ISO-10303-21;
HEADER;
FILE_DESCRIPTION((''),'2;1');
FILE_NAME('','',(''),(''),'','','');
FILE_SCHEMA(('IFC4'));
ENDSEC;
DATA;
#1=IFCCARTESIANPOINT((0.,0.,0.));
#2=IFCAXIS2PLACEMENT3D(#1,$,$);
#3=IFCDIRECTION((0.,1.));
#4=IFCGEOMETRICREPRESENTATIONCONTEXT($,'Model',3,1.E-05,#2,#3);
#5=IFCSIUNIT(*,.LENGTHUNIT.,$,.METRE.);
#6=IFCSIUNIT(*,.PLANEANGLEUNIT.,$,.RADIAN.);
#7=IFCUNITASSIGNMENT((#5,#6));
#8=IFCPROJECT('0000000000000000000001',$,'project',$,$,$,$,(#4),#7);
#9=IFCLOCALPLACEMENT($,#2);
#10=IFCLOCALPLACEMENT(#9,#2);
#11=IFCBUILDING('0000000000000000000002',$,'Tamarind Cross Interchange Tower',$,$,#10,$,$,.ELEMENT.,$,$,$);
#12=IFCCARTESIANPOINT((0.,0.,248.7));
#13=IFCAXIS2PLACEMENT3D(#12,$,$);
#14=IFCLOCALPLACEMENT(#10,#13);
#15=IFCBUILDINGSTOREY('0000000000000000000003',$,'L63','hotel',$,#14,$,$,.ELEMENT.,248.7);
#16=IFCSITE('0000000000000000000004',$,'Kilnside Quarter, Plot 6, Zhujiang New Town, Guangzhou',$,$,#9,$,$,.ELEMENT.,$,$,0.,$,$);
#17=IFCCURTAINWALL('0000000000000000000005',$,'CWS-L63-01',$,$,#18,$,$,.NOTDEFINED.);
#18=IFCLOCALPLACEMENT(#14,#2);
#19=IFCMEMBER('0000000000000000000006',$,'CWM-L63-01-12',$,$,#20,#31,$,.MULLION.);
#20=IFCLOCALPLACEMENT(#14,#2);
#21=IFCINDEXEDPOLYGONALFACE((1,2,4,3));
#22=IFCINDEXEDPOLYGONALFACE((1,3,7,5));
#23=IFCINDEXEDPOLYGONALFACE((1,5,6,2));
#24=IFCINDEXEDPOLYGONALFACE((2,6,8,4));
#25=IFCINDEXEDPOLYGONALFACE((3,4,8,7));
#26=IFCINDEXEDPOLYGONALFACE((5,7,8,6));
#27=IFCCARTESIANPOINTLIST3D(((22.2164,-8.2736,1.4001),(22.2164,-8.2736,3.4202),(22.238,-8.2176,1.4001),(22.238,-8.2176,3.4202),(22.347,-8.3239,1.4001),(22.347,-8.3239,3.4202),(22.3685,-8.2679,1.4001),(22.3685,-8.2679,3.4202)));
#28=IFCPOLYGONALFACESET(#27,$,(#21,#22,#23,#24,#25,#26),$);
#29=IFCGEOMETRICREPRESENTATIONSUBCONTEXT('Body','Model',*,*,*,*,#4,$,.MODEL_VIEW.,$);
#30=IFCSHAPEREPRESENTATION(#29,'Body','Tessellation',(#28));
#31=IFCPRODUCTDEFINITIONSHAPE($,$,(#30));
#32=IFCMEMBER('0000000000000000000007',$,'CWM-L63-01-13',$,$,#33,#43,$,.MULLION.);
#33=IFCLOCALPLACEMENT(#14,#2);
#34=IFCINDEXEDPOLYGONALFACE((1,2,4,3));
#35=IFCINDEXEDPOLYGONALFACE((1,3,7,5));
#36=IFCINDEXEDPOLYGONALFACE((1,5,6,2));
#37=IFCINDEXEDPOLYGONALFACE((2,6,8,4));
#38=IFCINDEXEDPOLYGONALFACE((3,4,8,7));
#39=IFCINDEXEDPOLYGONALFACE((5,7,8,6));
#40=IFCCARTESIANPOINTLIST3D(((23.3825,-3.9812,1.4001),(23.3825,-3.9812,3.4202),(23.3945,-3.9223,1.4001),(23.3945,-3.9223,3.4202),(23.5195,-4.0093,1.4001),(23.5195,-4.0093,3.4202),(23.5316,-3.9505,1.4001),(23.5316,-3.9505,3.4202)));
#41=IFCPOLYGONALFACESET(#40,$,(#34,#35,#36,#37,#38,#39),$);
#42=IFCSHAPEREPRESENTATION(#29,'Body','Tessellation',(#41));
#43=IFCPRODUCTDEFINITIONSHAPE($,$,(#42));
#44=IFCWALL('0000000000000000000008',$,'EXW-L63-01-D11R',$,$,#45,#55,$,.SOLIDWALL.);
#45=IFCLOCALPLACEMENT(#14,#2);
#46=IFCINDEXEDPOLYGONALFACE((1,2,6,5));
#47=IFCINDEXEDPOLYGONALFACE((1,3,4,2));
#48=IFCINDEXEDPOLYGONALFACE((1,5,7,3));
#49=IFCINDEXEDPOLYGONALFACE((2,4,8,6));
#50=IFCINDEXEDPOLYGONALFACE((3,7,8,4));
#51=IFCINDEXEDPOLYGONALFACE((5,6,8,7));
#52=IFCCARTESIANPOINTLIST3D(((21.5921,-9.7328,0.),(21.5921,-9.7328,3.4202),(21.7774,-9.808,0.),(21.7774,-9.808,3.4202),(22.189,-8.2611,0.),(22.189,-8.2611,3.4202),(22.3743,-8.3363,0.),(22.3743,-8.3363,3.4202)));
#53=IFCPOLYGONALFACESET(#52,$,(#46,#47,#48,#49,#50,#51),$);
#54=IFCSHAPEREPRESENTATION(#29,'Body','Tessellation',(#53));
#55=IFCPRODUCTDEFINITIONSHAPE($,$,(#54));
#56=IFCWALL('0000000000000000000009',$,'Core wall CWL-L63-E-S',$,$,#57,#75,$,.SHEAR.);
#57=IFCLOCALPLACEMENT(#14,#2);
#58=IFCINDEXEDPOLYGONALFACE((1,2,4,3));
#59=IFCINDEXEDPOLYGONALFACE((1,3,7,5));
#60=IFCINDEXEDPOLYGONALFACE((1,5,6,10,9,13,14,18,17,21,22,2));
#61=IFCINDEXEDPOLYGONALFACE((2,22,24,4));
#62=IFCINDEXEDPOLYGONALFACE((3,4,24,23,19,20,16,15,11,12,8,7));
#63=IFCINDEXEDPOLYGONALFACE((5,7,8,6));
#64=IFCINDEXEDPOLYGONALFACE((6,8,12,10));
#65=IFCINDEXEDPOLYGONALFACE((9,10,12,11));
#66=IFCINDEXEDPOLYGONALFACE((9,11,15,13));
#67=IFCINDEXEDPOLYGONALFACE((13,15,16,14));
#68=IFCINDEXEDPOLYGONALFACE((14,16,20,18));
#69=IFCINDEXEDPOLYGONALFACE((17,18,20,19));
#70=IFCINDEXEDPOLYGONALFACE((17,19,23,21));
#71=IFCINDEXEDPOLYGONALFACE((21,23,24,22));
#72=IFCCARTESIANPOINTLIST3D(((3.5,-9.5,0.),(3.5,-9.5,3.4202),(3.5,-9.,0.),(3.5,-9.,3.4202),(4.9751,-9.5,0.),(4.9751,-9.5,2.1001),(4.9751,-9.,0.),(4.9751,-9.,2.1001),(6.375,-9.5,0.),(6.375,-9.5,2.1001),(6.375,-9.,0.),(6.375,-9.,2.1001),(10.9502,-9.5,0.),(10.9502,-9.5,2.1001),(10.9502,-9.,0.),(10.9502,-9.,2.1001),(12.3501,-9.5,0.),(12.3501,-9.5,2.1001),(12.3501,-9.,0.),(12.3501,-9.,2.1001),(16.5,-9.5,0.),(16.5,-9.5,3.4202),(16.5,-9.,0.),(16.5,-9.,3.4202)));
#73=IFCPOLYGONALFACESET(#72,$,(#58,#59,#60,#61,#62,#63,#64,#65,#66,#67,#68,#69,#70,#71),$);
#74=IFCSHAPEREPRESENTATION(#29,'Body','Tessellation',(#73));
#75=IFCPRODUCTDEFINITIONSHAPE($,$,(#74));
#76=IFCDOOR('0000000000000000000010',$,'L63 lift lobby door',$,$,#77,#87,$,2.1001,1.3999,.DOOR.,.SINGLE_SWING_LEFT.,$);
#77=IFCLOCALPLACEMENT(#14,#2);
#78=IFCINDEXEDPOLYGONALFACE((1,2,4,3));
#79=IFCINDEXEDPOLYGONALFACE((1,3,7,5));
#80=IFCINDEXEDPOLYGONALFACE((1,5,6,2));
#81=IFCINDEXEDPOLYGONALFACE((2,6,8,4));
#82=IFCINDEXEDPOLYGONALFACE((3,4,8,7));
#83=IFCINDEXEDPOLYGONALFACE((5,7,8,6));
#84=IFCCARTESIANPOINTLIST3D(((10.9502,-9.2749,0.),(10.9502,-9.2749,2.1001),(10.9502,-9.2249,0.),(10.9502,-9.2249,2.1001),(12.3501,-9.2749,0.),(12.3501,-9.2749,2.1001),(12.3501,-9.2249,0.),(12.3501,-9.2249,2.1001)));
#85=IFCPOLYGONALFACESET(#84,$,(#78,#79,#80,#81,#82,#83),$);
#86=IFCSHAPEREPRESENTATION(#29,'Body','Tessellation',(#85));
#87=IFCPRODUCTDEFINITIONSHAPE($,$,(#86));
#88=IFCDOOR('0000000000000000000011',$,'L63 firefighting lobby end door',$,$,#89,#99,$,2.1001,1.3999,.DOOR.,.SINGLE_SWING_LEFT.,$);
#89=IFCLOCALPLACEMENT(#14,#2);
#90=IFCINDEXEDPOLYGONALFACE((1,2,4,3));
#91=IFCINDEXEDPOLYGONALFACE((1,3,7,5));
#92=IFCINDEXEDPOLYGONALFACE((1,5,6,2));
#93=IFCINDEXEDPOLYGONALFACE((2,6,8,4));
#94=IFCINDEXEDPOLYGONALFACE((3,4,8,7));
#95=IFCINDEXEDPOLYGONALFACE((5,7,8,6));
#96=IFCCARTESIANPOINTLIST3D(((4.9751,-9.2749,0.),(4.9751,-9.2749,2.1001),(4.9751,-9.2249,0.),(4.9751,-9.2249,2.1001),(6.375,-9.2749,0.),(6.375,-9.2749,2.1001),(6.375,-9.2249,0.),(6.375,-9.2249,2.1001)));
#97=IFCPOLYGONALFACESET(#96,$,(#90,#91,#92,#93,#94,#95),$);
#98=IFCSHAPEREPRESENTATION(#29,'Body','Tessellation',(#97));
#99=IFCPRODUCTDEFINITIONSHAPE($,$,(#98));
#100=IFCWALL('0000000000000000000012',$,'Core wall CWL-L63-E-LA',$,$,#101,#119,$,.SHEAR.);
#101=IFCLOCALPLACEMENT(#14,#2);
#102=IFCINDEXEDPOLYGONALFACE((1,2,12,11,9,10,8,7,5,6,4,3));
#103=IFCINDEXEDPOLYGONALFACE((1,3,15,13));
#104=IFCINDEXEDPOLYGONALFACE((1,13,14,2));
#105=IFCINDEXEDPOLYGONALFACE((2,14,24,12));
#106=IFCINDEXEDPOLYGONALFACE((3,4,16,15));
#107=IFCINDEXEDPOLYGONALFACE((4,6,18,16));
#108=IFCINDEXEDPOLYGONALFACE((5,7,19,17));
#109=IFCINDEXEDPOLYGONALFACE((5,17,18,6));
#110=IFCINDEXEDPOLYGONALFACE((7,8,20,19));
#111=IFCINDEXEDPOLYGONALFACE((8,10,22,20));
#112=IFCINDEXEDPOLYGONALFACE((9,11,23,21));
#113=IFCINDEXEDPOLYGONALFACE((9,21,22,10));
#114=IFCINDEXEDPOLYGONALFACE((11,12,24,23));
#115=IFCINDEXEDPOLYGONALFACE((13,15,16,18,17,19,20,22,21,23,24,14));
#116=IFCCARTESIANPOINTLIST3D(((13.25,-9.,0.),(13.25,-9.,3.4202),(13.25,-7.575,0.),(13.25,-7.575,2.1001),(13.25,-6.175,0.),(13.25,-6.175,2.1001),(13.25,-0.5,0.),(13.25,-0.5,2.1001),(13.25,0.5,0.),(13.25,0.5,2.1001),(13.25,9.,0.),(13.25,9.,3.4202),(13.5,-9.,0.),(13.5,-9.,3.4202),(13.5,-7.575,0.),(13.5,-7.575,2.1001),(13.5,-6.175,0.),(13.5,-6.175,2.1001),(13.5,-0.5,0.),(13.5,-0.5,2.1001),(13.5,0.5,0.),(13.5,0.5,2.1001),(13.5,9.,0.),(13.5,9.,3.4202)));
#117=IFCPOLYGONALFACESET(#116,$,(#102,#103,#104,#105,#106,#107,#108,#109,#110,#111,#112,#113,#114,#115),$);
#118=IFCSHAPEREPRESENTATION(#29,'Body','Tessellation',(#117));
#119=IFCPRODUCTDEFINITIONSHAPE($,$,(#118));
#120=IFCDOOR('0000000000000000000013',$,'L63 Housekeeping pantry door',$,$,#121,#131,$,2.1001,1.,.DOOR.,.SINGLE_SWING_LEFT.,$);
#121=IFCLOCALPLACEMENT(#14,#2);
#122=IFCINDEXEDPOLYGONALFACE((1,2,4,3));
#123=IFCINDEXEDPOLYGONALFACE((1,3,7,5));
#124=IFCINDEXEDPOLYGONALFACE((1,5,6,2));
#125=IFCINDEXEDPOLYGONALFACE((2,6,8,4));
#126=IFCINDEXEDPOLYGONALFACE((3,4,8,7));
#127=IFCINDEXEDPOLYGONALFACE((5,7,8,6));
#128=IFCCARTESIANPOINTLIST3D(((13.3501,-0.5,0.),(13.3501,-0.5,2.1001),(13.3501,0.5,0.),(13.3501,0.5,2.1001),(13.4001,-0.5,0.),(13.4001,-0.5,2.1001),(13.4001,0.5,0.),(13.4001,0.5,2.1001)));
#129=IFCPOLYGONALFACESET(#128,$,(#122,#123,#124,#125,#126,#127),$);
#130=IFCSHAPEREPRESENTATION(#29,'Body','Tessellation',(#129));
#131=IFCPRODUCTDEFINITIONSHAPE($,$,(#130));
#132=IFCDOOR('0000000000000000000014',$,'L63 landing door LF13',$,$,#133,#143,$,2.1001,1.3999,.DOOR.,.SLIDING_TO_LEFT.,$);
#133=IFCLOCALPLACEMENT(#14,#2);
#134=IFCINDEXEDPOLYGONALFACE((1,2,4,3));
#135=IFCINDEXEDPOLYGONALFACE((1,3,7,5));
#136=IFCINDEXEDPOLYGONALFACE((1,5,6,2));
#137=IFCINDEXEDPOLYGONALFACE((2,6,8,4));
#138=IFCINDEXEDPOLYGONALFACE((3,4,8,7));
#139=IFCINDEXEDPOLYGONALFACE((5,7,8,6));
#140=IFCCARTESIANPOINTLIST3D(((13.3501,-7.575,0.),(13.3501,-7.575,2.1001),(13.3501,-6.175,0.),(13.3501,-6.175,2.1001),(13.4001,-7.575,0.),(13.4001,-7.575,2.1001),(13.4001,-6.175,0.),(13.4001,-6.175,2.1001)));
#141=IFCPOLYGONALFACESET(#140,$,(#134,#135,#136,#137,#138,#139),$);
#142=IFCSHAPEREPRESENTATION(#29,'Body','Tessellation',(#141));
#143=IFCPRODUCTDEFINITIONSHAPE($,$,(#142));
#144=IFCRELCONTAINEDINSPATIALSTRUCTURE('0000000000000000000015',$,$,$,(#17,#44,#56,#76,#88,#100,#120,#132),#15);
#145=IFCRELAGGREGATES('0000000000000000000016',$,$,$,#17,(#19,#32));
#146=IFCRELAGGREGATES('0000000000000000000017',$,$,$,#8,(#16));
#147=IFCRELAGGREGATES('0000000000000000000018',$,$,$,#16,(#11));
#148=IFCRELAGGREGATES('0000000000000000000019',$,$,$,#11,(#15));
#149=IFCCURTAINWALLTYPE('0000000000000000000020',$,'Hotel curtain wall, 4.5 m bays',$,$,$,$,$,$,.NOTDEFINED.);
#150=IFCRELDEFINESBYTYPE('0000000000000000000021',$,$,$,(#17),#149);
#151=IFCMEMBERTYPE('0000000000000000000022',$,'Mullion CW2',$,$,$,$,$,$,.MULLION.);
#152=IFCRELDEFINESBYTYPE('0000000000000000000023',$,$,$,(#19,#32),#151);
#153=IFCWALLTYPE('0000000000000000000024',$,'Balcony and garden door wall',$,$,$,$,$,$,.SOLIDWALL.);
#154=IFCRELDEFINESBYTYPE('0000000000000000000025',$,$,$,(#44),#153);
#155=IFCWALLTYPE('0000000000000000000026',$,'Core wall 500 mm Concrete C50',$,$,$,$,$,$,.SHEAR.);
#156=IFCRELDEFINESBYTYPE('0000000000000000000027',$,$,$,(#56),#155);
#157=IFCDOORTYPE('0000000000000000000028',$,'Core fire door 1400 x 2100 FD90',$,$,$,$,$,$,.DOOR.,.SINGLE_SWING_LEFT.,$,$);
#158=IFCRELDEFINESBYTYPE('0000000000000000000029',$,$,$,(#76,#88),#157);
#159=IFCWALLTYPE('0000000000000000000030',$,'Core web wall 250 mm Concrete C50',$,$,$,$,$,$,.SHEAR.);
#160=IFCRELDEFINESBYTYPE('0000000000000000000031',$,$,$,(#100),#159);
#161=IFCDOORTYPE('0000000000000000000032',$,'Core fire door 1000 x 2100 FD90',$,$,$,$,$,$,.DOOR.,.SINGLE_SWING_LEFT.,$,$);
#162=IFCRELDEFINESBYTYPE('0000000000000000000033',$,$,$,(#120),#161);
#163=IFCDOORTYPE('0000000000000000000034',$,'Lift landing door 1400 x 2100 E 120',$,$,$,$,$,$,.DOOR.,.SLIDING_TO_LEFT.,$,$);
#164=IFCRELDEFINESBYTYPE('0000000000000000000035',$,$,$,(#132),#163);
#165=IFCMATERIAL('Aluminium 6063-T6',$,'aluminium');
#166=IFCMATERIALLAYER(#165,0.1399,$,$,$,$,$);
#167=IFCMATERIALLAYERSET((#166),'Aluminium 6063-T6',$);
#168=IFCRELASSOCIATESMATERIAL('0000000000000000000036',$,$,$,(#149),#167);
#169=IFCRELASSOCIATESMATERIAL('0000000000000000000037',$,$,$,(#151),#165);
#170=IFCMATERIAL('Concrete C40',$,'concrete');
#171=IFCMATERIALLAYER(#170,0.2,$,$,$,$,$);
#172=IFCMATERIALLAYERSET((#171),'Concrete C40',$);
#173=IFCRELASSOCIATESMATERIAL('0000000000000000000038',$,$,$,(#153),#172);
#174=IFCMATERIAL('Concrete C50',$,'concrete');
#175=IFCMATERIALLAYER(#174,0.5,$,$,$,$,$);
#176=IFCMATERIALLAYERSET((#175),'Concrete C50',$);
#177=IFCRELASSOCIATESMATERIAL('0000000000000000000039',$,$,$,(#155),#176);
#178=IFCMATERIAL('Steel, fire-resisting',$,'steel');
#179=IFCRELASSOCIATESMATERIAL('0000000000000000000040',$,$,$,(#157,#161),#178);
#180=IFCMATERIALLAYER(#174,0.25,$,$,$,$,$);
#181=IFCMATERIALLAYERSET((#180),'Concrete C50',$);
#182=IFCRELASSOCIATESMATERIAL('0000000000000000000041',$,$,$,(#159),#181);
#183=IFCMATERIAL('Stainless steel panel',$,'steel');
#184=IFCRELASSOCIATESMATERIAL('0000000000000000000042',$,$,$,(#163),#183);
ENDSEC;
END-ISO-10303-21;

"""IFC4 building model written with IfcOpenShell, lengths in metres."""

from ifc_helpers import new_model, si_unit, direction, frame, frame_2d, origin, origin_2d, place, context, subcontext, project, spatial, rectangle, extrude, material, layer, layer_set, material_profile, profile_set, type_object, element, fill, aggregate, save


model = new_model("IFC4")

# Units and contexts
model_context = context("Model", 3, precision=1e-05, world=origin(), true_north=direction((0.0, 1.0)))
body_context = subcontext(model_context, "Body", "Model", "MODEL_VIEW")
ifc_project = project(units=[si_unit("LENGTHUNIT", "METRE"), si_unit("PLANEANGLEUNIT", "RADIAN")], contexts=[model_context])

# Site, building, storey
site_placement = place(None, origin())
site = spatial("IfcSite", under=ifc_project, at=site_placement, Name="Kilnside Quarter, Plot 6, Zhujiang New Town, Guangzhou", CompositionType="ELEMENT", RefElevation=0.0)
building_placement = place(site_placement, origin())
building = spatial("IfcBuilding", under=site, at=building_placement, Name="Tamarind Cross Interchange Tower", CompositionType="ELEMENT")
storey_placement = place(building_placement, frame((0.0, 0.0, 248.7)))
storey = spatial("IfcBuildingStorey", under=building, at=storey_placement, Name="L63", Description="hotel", CompositionType="ELEMENT", Elevation=248.7)

# Shared definitions
ifc_material_1 = material(Name="Concrete C50", Category="concrete")

# Curtain wall, members
ifc_material_2 = material(Name="Aluminium 6063-T6", Category="aluminium")
ifc_layer_1 = layer(ifc_material_2, 0.1399)
ifc_layer_set_1 = layer_set([ifc_layer_1], Name="Aluminium 6063-T6")
curtain_wall_type = type_object("IfcCurtainWallType", Name="Hotel curtain wall, 4.5 m bays", PredefinedType="NOTDEFINED", material=ifc_layer_set_1)
curtain_wall_placement = place(storey_placement, origin())
curtain_wall = element("IfcCurtainWall", 1, at=curtain_wall_placement, inside=storey, type_object=curtain_wall_type, Name="CWS-L63-01", PredefinedType="NOTDEFINED")
ifc_material_profile_1 = material_profile(ifc_material_2, rectangle(XDim=0.0601, YDim=0.1399, at=origin_2d()), Name="Mullion CW2")
ifc_profile_set_1 = profile_set([ifc_material_profile_1], Name="Aluminium 6063-T6")
member_type = type_object("IfcMemberType", Name="Mullion CW2", PredefinedType="MULLION", material=ifc_profile_set_1)
member_1_placement = place(storey_placement, frame((22.2925, -8.2708, 1.4001), z_axis=(0.0, 0.0, 1.0), x_axis=(0.359495, 0.933147, 0.0)))
member_1 = element("IfcMember", 2, at=member_1_placement, type_object=member_type, Name="CWM-L63-01-12", PredefinedType="MULLION", context=body_context, shape_type="SweptSolid", body=[
    extrude(rectangle(XDim=0.0601, YDim=0.1399, at=origin_2d()), origin(), (0.0, 0.0, 1.0), 2.02),
])
member_2_placement = place(storey_placement, frame((23.457, -3.9658, 1.4001), z_axis=(0.0, 0.0, 1.0), x_axis=(0.201001, 0.979591, 0.0)))
member_2 = element("IfcMember", 3, at=member_2_placement, type_object=member_type, Name="CWM-L63-01-13", PredefinedType="MULLION", context=body_context, shape_type="SweptSolid", body=[
    extrude(rectangle(XDim=0.0601, YDim=0.1399, at=origin_2d()), origin(), (0.0, 0.0, 1.0), 2.02),
])
aggregate(curtain_wall, [member_1, member_2])

# Wall
ifc_material_3 = material(Name="Concrete C40", Category="concrete")
ifc_layer_2 = layer(ifc_material_3, 0.2)
ifc_layer_set_2 = layer_set([ifc_layer_2], Name="Concrete C40")
wall_type_1 = type_object("IfcWallType", Name="Balcony and garden door wall", PredefinedType="SOLIDWALL", material=ifc_layer_set_2)
wall_1_placement = place(storey_placement, frame((21.6848, -9.7703, 0.0), z_axis=(0.0, 0.0, 1.0), x_axis=(0.375866, 0.926674, 0.0)))
element("IfcWall", 4, at=wall_1_placement, inside=storey, type_object=wall_type_1, Name="EXW-L63-01-D11R", PredefinedType="SOLIDWALL", context=body_context, shape_type="SweptSolid", body=[
    extrude(rectangle(XDim=1.5881, YDim=0.2, at=frame_2d((0.7939, 0.0))), origin(), (0.0, 0.0, 1.0), 3.4202),
])

# Walls, openings, doors
ifc_layer_3 = layer(ifc_material_1, 0.5)
ifc_layer_set_3 = layer_set([ifc_layer_3], Name="Concrete C50")
wall_type_2 = type_object("IfcWallType", Name="Core wall 500 mm Concrete C50", PredefinedType="SHEAR", material=ifc_layer_set_3)
wall_2_placement = place(storey_placement, frame((16.5, -9.25, 0.0), z_axis=(0.0, 0.0, 1.0), x_axis=(-1.0, 0.0, 0.0)))
wall_2 = element("IfcWall", 5, at=wall_2_placement, inside=storey, type_object=wall_type_2, Name="Core wall CWL-L63-E-S", PredefinedType="SHEAR", context=body_context, shape_type="SweptSolid", body=[
    extrude(rectangle(XDim=13.0, YDim=0.5, at=frame_2d((6.5, 0.0))), origin(), (0.0, 0.0, 1.0), 3.4202),
])
opening_1_placement = place(wall_2_placement, frame((4.1499, 0.0, 0.0)))
opening_1 = element("IfcOpeningElement", 6, at=opening_1_placement, cuts=wall_2, PredefinedType="OPENING", context=body_context, shape_type="SweptSolid", body=[
    extrude(rectangle(XDim=1.3999, YDim=2.1001, at=frame_2d((0.7, 1.05))), frame((0.0, 0.26, 0.0), z_axis=(0.0, -1.0, 0.0), x_axis=(1.0, 0.0, 0.0)), (0.0, 0.0, 1.0), 0.52),
])
opening_2_placement = place(wall_2_placement, frame((10.125, 0.0, 0.0)))
opening_2 = element("IfcOpeningElement", 7, at=opening_2_placement, cuts=wall_2, PredefinedType="OPENING", context=body_context, shape_type="SweptSolid", body=[
    extrude(rectangle(XDim=1.3999, YDim=2.1001, at=frame_2d((0.7, 1.05))), frame((0.0, 0.26, 0.0), z_axis=(0.0, -1.0, 0.0), x_axis=(1.0, 0.0, 0.0)), (0.0, 0.0, 1.0), 0.52),
])
ifc_material_4 = material(Name="Steel, fire-resisting", Category="steel")
door_type_1 = type_object("IfcDoorType", Name="Core fire door 1400 x 2100 FD90", OperationType="SINGLE_SWING_LEFT", PredefinedType="DOOR", material=ifc_material_4)
door_1_placement = place(opening_1_placement, origin())
door_1 = element("IfcDoor", 8, at=door_1_placement, inside=storey, type_object=door_type_1, Name="L63 lift lobby door", OperationType="SINGLE_SWING_LEFT", OverallHeight=2.1001, OverallWidth=1.3999, PredefinedType="DOOR", context=body_context, shape_type="SweptSolid", body=[
    extrude(rectangle(XDim=1.3999, YDim=2.1001, at=frame_2d((0.7, 1.05))), frame((0.0, 0.0249, 0.0), z_axis=(0.0, -1.0, 0.0), x_axis=(1.0, 0.0, 0.0)), (0.0, 0.0, 1.0), 0.05),
])
fill(opening_1, door_1)
door_2_placement = place(opening_2_placement, origin())
door_2 = element("IfcDoor", 9, at=door_2_placement, inside=storey, type_object=door_type_1, Name="L63 firefighting lobby end door", OperationType="SINGLE_SWING_LEFT", OverallHeight=2.1001, OverallWidth=1.3999, PredefinedType="DOOR", context=body_context, shape_type="SweptSolid", body=[
    extrude(rectangle(XDim=1.3999, YDim=2.1001, at=frame_2d((0.7, 1.05))), frame((0.0, 0.0249, 0.0), z_axis=(0.0, -1.0, 0.0), x_axis=(1.0, 0.0, 0.0)), (0.0, 0.0, 1.0), 0.05),
])
fill(opening_2, door_2)
ifc_layer_4 = layer(ifc_material_1, 0.25)
ifc_layer_set_4 = layer_set([ifc_layer_4], Name="Concrete C50")
wall_type_3 = type_object("IfcWallType", Name="Core web wall 250 mm Concrete C50", PredefinedType="SHEAR", material=ifc_layer_set_4)
wall_3_placement = place(storey_placement, frame((13.375, -9.0, 0.0), z_axis=(0.0, 0.0, 1.0), x_axis=(0.0, 1.0, 0.0)))
wall_3 = element("IfcWall", 10, at=wall_3_placement, inside=storey, type_object=wall_type_3, Name="Core wall CWL-L63-E-LA", PredefinedType="SHEAR", context=body_context, shape_type="SweptSolid", body=[
    extrude(rectangle(XDim=18.0, YDim=0.25, at=frame_2d((9.0, 0.0))), origin(), (0.0, 0.0, 1.0), 3.4202),
])
opening_3_placement = place(wall_3_placement, frame((1.425, 0.0, 0.0)))
opening_3 = element("IfcOpeningElement", 11, at=opening_3_placement, cuts=wall_3, PredefinedType="OPENING", context=body_context, shape_type="SweptSolid", body=[
    extrude(rectangle(XDim=1.3999, YDim=2.1001, at=frame_2d((0.7, 1.05))), frame((0.0, 0.135, 0.0), z_axis=(0.0, -1.0, 0.0), x_axis=(1.0, 0.0, 0.0)), (0.0, 0.0, 1.0), 0.27),
])
opening_4_placement = place(wall_3_placement, frame((8.5, 0.0, 0.0)))
opening_4 = element("IfcOpeningElement", 12, at=opening_4_placement, cuts=wall_3, PredefinedType="OPENING", context=body_context, shape_type="SweptSolid", body=[
    extrude(rectangle(XDim=1.0, YDim=2.1001, at=frame_2d((0.5, 1.05))), frame((0.0, 0.135, 0.0), z_axis=(0.0, -1.0, 0.0), x_axis=(1.0, 0.0, 0.0)), (0.0, 0.0, 1.0), 0.27),
])
door_type_2 = type_object("IfcDoorType", Name="Core fire door 1000 x 2100 FD90", OperationType="SINGLE_SWING_LEFT", PredefinedType="DOOR", material=ifc_material_4)
door_3_placement = place(opening_4_placement, origin())
door_3 = element("IfcDoor", 13, at=door_3_placement, inside=storey, type_object=door_type_2, Name="L63 Housekeeping pantry door", OperationType="SINGLE_SWING_LEFT", OverallHeight=2.1001, OverallWidth=1.0, PredefinedType="DOOR", context=body_context, shape_type="SweptSolid", body=[
    extrude(rectangle(XDim=1.0, YDim=2.1001, at=frame_2d((0.5, 1.05))), frame((0.0, 0.0249, 0.0), z_axis=(0.0, -1.0, 0.0), x_axis=(1.0, 0.0, 0.0)), (0.0, 0.0, 1.0), 0.05),
])
fill(opening_4, door_3)
ifc_material_5 = material(Name="Stainless steel panel", Category="steel")
door_type_3 = type_object("IfcDoorType", Name="Lift landing door 1400 x 2100 E 120", OperationType="SLIDING_TO_LEFT", PredefinedType="DOOR", material=ifc_material_5)
door_4_placement = place(opening_3_placement, origin())
door_4 = element("IfcDoor", 14, at=door_4_placement, inside=storey, type_object=door_type_3, Name="L63 landing door LF13", OperationType="SLIDING_TO_LEFT", OverallHeight=2.1001, OverallWidth=1.3999, PredefinedType="DOOR", context=body_context, shape_type="SweptSolid", body=[
    extrude(rectangle(XDim=1.3999, YDim=2.1001, at=frame_2d((0.7, 1.05))), frame((0.0, 0.0249, 0.0), z_axis=(0.0, -1.0, 0.0), x_axis=(1.0, 0.0, 0.0)), (0.0, 0.0, 1.0), 0.05),
])
fill(opening_3, door_4)

save(model, "model.ifc")
